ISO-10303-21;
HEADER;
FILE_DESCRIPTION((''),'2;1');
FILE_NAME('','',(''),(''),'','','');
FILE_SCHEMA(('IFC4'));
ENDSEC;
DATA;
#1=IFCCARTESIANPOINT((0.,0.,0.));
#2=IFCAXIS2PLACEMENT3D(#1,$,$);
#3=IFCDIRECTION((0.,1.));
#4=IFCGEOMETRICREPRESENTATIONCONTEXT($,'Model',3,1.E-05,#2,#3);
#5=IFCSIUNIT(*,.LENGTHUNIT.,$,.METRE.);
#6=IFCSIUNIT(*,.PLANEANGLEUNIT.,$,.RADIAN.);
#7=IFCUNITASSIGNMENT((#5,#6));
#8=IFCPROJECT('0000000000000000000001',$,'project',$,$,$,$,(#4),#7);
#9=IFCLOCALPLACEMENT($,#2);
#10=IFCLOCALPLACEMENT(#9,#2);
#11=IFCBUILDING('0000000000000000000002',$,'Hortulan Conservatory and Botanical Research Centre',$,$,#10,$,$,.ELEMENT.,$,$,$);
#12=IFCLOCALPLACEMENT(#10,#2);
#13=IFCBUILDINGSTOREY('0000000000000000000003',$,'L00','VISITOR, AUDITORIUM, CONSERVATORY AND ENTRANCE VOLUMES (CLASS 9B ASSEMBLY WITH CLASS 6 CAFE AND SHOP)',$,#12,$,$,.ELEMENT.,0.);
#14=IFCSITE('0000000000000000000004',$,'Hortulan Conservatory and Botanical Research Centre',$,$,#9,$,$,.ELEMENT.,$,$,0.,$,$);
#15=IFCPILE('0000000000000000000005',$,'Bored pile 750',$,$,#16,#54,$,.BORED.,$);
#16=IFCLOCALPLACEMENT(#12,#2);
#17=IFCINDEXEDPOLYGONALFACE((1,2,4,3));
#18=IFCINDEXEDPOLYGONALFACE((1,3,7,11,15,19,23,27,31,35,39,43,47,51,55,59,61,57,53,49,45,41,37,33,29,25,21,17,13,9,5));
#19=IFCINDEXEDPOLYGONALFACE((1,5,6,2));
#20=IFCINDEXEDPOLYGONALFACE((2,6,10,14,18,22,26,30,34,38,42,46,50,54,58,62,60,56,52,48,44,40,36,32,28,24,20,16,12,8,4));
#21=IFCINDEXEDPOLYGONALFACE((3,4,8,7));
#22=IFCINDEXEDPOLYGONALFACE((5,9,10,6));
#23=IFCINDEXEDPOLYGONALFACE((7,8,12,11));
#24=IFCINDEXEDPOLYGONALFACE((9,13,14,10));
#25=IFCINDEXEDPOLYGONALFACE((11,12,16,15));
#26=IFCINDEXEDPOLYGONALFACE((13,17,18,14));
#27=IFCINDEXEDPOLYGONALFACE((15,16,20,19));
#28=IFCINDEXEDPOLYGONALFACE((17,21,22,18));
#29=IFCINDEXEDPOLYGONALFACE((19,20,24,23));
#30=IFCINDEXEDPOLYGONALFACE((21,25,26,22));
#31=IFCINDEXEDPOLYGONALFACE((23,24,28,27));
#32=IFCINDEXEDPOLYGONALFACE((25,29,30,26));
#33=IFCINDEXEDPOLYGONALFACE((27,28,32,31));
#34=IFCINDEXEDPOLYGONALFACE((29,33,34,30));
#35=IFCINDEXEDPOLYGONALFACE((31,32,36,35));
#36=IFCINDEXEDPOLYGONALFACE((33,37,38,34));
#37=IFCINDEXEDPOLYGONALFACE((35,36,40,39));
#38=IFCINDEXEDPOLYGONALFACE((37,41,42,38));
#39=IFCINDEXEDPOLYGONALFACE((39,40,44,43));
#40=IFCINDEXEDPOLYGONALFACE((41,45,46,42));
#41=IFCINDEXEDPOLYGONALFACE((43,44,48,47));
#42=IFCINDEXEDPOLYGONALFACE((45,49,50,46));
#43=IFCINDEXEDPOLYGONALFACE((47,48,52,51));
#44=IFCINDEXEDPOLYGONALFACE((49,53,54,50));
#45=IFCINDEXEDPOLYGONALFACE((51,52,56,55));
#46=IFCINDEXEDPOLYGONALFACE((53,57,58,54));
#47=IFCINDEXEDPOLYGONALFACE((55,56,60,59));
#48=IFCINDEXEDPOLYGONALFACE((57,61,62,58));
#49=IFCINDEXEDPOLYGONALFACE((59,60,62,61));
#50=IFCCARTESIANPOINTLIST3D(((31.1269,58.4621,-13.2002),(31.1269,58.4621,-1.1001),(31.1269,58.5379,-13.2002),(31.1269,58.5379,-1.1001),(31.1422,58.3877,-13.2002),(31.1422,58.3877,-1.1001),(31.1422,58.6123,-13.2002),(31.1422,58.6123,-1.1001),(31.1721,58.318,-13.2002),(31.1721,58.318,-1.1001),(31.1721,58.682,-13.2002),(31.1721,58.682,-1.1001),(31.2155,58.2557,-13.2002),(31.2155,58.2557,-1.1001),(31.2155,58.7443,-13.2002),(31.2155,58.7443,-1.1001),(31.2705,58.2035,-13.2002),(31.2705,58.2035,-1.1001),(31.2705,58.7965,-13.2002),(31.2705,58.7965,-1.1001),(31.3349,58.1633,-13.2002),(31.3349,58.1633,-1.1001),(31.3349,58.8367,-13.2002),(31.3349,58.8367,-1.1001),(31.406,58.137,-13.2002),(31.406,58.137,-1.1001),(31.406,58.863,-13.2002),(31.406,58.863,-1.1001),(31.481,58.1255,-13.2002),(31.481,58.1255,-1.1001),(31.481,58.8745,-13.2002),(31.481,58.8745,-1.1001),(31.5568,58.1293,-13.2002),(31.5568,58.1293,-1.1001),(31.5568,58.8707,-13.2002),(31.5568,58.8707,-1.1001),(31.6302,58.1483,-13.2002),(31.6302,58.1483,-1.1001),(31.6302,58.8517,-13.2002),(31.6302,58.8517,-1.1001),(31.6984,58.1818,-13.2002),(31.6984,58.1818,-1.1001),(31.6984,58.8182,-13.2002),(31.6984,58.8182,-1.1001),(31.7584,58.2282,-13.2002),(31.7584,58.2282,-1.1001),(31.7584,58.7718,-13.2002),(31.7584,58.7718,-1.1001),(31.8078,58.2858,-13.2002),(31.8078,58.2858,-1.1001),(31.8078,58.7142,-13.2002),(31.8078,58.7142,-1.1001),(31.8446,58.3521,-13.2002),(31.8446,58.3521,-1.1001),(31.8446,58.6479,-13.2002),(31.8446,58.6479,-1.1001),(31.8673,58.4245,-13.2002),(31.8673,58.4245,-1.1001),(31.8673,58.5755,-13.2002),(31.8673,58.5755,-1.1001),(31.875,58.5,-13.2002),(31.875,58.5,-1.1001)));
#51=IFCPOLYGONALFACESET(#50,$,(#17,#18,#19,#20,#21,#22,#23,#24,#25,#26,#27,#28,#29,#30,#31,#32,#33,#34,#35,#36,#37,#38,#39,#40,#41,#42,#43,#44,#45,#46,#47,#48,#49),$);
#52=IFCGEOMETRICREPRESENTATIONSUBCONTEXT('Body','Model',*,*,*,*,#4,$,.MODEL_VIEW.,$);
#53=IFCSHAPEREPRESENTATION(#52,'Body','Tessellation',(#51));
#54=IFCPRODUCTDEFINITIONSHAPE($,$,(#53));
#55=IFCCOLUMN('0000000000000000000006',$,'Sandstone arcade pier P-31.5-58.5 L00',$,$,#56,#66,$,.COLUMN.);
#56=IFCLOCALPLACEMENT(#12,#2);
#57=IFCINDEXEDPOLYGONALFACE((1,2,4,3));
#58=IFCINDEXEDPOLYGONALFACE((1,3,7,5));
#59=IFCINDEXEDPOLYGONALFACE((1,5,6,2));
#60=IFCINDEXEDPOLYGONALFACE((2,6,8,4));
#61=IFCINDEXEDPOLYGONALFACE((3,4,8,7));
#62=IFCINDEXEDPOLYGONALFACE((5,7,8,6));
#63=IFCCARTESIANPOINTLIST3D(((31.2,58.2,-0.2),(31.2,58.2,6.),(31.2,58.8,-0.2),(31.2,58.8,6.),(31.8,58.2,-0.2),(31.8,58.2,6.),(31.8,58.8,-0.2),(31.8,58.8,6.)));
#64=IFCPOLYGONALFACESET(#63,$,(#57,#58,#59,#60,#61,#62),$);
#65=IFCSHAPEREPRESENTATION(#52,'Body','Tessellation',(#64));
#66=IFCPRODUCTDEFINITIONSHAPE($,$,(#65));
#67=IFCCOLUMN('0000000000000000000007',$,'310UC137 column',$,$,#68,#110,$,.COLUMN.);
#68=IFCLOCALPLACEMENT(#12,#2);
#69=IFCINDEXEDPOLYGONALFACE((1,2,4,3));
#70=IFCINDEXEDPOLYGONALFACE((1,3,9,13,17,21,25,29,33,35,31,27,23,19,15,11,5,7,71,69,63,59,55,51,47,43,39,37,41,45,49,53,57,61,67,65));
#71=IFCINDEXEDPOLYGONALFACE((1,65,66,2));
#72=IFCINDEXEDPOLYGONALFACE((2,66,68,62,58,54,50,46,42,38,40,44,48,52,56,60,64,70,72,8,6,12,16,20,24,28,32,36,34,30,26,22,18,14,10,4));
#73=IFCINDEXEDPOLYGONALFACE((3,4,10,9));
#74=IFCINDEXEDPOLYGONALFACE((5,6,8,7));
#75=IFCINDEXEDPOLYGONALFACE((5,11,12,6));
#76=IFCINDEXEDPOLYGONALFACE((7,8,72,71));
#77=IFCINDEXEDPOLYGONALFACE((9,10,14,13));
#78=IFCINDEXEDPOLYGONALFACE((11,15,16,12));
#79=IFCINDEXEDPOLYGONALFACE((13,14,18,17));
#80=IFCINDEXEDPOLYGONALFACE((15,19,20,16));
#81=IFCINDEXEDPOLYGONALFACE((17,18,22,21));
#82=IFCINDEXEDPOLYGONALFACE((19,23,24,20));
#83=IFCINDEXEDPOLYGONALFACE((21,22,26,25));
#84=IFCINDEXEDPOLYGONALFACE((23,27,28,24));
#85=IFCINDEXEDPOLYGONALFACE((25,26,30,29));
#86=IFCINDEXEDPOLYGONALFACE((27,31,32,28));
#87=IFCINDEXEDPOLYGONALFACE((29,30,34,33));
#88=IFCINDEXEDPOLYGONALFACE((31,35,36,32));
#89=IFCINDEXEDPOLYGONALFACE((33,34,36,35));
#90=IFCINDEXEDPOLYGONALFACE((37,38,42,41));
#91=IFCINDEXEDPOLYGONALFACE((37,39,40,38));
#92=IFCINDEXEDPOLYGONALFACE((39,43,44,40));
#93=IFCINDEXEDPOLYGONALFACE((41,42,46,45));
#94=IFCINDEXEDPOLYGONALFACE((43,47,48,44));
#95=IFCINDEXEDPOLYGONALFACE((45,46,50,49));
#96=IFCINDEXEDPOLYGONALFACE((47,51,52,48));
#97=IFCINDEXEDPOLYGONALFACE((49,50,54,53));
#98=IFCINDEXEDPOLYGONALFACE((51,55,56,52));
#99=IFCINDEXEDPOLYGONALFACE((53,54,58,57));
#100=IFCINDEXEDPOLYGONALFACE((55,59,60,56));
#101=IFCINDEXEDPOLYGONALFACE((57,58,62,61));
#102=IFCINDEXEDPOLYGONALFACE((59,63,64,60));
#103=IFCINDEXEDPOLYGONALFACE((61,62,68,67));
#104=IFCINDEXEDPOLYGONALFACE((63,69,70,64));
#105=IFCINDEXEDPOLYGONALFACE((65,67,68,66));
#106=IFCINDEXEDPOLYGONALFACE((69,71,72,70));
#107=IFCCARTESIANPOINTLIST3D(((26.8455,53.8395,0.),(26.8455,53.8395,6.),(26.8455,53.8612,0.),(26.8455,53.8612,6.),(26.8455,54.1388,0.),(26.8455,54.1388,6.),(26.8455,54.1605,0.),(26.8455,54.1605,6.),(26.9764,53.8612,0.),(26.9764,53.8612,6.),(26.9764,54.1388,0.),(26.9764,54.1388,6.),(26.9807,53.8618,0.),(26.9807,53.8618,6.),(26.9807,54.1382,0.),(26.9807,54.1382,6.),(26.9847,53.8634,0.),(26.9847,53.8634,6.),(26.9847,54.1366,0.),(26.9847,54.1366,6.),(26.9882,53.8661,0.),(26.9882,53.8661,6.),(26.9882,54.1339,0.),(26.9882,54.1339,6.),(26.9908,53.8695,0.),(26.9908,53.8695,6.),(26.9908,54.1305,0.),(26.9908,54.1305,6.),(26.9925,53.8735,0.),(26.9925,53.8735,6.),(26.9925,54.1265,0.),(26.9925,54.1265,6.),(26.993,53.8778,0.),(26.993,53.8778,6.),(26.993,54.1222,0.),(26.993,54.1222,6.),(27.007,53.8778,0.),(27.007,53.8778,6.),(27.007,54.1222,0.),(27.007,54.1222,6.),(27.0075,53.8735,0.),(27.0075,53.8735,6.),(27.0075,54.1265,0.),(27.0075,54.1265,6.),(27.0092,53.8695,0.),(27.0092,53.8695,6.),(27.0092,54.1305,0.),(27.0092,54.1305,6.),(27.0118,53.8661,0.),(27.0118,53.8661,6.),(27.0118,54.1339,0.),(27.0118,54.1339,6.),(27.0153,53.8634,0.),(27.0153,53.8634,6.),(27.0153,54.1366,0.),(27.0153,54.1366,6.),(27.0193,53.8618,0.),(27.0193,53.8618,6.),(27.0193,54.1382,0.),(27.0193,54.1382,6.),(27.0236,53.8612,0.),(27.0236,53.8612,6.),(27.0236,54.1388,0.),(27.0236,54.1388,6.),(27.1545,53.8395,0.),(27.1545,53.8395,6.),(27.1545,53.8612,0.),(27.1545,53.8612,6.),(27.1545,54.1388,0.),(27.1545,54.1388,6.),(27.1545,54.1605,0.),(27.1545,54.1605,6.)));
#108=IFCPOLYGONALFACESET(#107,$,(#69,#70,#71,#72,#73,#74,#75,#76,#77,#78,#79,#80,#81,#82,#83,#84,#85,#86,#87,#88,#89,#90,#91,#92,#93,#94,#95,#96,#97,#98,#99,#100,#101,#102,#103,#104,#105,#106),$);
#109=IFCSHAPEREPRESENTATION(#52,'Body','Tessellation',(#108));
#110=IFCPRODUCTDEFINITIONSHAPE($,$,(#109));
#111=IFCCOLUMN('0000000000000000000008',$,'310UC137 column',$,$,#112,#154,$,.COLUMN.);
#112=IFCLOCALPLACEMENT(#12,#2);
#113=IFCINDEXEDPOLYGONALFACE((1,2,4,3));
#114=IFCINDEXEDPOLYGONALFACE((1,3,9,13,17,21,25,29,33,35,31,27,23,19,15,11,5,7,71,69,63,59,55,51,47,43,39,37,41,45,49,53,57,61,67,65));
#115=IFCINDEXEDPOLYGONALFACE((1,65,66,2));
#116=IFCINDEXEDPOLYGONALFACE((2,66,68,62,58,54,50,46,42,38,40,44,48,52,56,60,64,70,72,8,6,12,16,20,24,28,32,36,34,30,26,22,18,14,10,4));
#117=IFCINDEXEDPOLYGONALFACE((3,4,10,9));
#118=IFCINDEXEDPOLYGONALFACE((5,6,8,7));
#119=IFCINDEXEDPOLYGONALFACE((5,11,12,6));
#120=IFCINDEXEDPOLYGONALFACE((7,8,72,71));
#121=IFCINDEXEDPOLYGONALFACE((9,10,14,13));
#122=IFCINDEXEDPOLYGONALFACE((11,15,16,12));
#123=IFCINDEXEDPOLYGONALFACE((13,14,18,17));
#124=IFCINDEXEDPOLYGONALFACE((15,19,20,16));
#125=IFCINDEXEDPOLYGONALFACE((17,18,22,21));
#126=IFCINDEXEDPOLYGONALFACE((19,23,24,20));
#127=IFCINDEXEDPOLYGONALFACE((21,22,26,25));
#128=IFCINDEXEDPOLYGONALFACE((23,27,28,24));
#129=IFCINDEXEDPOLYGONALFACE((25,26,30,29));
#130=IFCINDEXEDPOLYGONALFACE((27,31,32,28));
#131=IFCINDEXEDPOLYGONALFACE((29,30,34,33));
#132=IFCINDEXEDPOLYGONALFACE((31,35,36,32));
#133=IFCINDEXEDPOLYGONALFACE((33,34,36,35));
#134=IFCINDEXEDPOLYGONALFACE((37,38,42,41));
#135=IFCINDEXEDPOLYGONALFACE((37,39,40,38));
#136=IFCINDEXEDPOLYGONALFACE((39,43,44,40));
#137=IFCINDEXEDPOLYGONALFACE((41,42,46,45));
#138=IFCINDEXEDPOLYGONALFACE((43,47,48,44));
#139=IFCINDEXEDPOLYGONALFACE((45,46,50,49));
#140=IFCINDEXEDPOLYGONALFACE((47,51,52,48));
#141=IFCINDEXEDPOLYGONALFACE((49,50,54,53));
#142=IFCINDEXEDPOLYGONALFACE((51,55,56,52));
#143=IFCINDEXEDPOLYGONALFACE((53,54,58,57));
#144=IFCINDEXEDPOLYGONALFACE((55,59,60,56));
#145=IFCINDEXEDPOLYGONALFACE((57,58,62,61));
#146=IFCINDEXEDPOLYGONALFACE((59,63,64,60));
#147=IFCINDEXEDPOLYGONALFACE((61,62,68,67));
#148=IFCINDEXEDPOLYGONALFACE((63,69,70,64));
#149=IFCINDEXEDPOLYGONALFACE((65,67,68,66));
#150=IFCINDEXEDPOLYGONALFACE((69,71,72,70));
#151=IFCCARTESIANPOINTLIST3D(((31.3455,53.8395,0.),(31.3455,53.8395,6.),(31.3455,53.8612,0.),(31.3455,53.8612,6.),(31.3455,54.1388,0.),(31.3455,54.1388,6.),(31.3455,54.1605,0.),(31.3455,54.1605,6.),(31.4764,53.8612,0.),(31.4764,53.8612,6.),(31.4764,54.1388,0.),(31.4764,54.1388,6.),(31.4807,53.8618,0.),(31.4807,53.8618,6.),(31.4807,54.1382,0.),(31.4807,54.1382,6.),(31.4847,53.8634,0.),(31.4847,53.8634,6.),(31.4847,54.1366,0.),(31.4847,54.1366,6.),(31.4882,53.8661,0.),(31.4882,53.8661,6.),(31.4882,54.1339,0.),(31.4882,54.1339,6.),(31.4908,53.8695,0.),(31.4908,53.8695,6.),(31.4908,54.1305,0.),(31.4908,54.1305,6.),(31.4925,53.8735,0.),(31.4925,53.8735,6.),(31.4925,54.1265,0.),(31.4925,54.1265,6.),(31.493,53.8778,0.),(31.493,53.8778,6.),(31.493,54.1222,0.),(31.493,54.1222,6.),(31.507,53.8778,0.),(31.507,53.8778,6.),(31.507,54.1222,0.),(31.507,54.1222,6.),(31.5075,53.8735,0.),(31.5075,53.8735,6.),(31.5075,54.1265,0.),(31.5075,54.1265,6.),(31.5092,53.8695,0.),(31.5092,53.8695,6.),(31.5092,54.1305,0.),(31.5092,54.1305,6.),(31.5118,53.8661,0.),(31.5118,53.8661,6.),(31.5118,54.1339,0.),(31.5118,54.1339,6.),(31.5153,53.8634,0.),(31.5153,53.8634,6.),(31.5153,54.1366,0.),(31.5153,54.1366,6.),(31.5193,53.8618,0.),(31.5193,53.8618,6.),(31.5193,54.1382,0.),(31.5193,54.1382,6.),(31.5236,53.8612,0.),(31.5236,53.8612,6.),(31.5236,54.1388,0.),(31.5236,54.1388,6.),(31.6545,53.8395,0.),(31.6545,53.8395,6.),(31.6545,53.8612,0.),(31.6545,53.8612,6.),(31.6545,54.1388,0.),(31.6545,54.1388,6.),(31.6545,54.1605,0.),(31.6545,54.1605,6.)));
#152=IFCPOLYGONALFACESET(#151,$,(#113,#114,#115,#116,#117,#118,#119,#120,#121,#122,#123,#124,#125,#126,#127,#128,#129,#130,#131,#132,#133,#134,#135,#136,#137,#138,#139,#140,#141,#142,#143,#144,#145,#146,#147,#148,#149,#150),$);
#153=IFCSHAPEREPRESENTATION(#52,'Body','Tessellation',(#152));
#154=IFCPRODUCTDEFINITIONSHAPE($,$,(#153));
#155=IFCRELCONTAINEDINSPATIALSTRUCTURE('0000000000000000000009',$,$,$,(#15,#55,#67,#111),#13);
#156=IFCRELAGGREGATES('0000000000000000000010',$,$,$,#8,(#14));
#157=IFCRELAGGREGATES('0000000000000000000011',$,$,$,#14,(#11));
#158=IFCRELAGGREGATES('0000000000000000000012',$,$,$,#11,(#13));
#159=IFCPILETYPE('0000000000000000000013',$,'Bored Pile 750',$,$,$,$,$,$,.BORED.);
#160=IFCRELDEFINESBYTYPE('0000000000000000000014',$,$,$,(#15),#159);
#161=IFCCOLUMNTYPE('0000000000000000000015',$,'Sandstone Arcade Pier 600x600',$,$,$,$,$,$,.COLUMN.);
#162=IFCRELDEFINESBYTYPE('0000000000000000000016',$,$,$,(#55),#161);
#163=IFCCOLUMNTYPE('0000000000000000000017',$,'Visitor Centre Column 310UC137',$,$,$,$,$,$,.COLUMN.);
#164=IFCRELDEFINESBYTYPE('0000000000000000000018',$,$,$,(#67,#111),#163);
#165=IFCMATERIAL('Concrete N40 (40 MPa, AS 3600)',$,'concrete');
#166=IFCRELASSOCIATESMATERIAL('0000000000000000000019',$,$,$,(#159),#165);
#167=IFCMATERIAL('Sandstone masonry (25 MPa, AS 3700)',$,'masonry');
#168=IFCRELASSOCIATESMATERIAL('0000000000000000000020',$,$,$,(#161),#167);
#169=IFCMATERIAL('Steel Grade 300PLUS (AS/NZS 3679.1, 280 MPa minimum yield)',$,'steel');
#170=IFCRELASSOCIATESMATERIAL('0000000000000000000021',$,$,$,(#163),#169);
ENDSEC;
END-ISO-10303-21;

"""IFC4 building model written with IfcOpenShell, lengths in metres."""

from ifc_helpers import new_model, si_unit, direction, frame, origin, origin_2d, place, context, subcontext, project, spatial, rectangle, circle, i_section, extrude, material, material_profile, profile_set, type_object, element, save


model = new_model("IFC4")

# Units and contexts
model_context = context("Model", 3, precision=1e-05, world=origin(), true_north=direction((0.0, 1.0)))
body_context = subcontext(model_context, "Body", "Model", "MODEL_VIEW")
ifc_project = project(units=[si_unit("LENGTHUNIT", "METRE"), si_unit("PLANEANGLEUNIT", "RADIAN")], contexts=[model_context])

# Site, building, storey
site_placement = place(None, origin())
site = spatial("IfcSite", under=ifc_project, at=site_placement, Name="Hortulan Conservatory and Botanical Research Centre", CompositionType="ELEMENT", RefElevation=0.0)
building_placement = place(site_placement, origin())
building = spatial("IfcBuilding", under=site, at=building_placement, Name="Hortulan Conservatory and Botanical Research Centre", CompositionType="ELEMENT")
storey_placement = place(building_placement, origin())
storey = spatial("IfcBuildingStorey", under=building, at=storey_placement, Name="L00", Description="VISITOR, AUDITORIUM, CONSERVATORY AND ENTRANCE VOLUMES (CLASS 9B ASSEMBLY WITH CLASS 6 CAFE AND SHOP)", CompositionType="ELEMENT", Elevation=0.0)

# Pile
ifc_material_1 = material(Name="Concrete N40 (40 MPa, AS 3600)", Category="concrete")
ifc_material_profile_1 = material_profile(ifc_material_1, circle(Radius=0.375, at=origin_2d()), Name="Bored pile 750 diameter")
ifc_profile_set_1 = profile_set([ifc_material_profile_1], Name="Concrete N40 (40 MPa, AS 3600)")
pile_type = type_object("IfcPileType", Name="Bored Pile 750", PredefinedType="BORED", material=ifc_profile_set_1)
pile_placement = place(storey_placement, frame((31.5, 58.5, -1.1001), z_axis=(0.0, 0.0, -1.0), x_axis=(1.0, 0.0, 0.0)))
element("IfcPile", 1, at=pile_placement, inside=storey, type_object=pile_type, Name="Bored pile 750", PredefinedType="BORED", context=body_context, shape_type="SweptSolid", body=[
    extrude(circle(Radius=0.375, at=origin_2d()), origin(), (0.0, 0.0, 1.0), 12.1001),
])

# Columns
ifc_material_2 = material(Name="Sandstone masonry (25 MPa, AS 3700)", Category="masonry")
ifc_material_profile_2 = material_profile(ifc_material_2, rectangle(XDim=0.6001, YDim=0.6001, at=origin_2d()), Name="Square pier 600")
ifc_profile_set_2 = profile_set([ifc_material_profile_2], Name="Sandstone masonry (25 MPa, AS 3700)")
column_type_1 = type_object("IfcColumnType", Name="Sandstone Arcade Pier 600x600", PredefinedType="COLUMN", material=ifc_profile_set_2)
column_placement = place(storey_placement, frame((31.5, 58.5, -0.2), z_axis=(0.0, 0.0, 1.0), x_axis=(1.0, 0.0, 0.0)))
element("IfcColumn", 2, at=column_placement, inside=storey, type_object=column_type_1, Name="Sandstone arcade pier P-31.5-58.5 L00", PredefinedType="COLUMN", context=body_context, shape_type="SweptSolid", body=[
    extrude(rectangle(XDim=0.6001, YDim=0.6001, at=origin_2d()), origin(), (0.0, 0.0, 1.0), 6.2),
])
ifc_material_3 = material(Name="Steel Grade 300PLUS (AS/NZS 3679.1, 280 MPa minimum yield)", Category="steel")
ifc_material_profile_3 = material_profile(ifc_material_3, i_section(OverallWidth=0.3091, OverallDepth=0.321, WebThickness=0.0139, FlangeThickness=0.0217, FilletRadius=0.0166, at=origin_2d()), Name="310UC137")
ifc_profile_set_3 = profile_set([ifc_material_profile_3], Name="Steel Grade 300PLUS (AS/NZS 3679.1, 280 MPa minimum yield)")
column_type_2 = type_object("IfcColumnType", Name="Visitor Centre Column 310UC137", PredefinedType="COLUMN", material=ifc_profile_set_3)
for number, where, z_axis, x_axis, name in (
    (3, (27.0, 54.0, 0.0), (0.0, 0.0, 1.0), (1.0, 0.0, 0.0), "310UC137 column"),
    (4, (31.5, 54.0, 0.0), (0.0, 0.0, 1.0), (1.0, 0.0, 0.0), "310UC137 column"),
):
    element("IfcColumn", number, at=place(storey_placement, frame(where, z_axis=z_axis, x_axis=x_axis)), inside=storey, type_object=column_type_2, Name=name, PredefinedType="COLUMN", context=body_context, shape_type="SweptSolid", body=[
        extrude(i_section(OverallWidth=0.3091, OverallDepth=0.321, WebThickness=0.0139, FlangeThickness=0.0217, FilletRadius=0.0166, at=origin_2d()), origin(), (0.0, 0.0, 1.0), 6.0),
    ])

save(model, "model.ifc")
